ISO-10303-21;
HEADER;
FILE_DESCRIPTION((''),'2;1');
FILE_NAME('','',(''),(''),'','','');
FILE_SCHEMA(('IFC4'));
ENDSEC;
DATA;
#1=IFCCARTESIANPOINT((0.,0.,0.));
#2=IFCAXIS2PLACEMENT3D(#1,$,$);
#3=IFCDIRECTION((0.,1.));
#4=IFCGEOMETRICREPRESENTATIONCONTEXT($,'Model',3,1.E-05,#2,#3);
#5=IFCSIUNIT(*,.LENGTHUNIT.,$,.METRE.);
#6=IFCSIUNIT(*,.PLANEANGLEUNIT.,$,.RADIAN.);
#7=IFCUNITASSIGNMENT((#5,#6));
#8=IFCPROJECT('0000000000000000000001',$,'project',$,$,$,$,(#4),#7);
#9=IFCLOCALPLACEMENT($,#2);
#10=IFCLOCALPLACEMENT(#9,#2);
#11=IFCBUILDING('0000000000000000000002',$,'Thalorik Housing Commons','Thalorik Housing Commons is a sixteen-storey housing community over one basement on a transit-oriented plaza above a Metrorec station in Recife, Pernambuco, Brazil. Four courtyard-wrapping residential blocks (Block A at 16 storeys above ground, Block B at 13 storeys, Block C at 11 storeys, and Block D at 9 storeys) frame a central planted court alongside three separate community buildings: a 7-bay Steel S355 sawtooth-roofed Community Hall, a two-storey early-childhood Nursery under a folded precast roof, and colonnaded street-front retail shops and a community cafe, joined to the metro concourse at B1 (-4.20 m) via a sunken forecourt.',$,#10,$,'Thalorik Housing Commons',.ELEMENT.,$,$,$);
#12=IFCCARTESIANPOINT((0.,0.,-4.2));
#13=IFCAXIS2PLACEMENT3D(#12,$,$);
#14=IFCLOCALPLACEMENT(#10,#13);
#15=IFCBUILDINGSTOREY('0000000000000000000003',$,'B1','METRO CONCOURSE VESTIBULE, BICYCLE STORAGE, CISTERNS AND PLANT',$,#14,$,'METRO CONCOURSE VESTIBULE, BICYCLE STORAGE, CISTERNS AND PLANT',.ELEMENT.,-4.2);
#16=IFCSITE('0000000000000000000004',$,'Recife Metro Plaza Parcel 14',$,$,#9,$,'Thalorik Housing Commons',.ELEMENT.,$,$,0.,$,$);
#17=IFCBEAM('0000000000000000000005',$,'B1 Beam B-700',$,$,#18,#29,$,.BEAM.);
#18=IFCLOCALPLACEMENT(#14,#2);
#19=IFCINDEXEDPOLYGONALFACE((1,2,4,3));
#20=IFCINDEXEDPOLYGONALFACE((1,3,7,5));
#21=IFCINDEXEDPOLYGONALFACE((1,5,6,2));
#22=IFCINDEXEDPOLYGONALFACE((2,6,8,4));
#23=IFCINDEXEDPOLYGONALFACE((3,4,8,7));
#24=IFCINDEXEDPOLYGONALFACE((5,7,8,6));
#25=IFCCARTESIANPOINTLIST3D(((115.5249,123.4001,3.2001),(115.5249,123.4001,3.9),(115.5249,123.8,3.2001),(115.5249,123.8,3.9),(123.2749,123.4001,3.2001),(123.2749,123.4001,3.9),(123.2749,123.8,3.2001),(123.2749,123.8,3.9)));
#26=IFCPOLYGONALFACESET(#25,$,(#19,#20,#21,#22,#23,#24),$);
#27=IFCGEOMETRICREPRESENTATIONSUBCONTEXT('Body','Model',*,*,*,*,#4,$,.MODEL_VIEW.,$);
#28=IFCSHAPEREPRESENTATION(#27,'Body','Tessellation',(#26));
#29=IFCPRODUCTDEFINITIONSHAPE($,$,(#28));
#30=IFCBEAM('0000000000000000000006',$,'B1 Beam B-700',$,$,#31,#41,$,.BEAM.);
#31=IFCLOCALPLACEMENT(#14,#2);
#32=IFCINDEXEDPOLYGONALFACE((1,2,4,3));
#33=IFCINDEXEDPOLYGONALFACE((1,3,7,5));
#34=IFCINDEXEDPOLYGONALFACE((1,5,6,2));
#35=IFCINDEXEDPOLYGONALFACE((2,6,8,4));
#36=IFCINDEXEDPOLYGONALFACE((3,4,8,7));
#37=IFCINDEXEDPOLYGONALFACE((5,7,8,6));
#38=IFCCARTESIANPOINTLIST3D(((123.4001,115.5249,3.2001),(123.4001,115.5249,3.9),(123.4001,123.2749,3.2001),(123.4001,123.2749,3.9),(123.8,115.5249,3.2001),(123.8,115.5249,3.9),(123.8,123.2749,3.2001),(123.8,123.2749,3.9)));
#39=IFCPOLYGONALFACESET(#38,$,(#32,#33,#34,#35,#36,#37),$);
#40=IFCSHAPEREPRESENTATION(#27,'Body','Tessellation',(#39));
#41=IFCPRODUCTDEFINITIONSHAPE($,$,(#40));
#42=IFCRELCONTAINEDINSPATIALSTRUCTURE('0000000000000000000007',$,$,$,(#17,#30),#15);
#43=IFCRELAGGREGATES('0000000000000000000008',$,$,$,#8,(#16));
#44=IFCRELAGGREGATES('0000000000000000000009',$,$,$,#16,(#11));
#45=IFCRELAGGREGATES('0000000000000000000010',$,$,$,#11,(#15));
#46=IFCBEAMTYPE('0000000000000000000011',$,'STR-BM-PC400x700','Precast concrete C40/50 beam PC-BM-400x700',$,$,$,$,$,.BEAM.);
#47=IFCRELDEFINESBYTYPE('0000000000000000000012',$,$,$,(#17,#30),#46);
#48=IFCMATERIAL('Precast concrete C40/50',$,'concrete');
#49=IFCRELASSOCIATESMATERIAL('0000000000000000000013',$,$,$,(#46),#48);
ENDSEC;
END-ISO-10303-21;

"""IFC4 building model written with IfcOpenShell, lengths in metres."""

from ifc_helpers import new_model, si_unit, direction, frame, origin, origin_2d, place, context, subcontext, project, spatial, rectangle, extrude, material, material_profile, profile_set, type_object, element, save


model = new_model("IFC4")

# Units and contexts
model_context = context("Model", 3, precision=1e-05, world=origin(), true_north=direction((0.0, 1.0)))
body_context = subcontext(model_context, "Body", "Model", "MODEL_VIEW")
ifc_project = project(units=[si_unit("LENGTHUNIT", "METRE"), si_unit("PLANEANGLEUNIT", "RADIAN")], contexts=[model_context])

# Site, building, storey
site_placement = place(None, origin())
site = spatial("IfcSite", under=ifc_project, at=site_placement, Name="Recife Metro Plaza Parcel 14", LongName="Thalorik Housing Commons", CompositionType="ELEMENT", RefElevation=0.0)
building_placement = place(site_placement, origin())
building = spatial("IfcBuilding", under=site, at=building_placement, Name="Thalorik Housing Commons", Description="Thalorik Housing Commons is a sixteen-storey housing community over one basement on a transit-oriented plaza above a Metrorec station in Recife, Pernambuco, Brazil. Four courtyard-wrapping residential blocks (Block A at 16 storeys above ground, Block B at 13 storeys, Block C at 11 storeys, and Block D at 9 storeys) frame a central planted court alongside three separate community buildings: a 7-bay Steel S355 sawtooth-roofed Community Hall, a two-storey early-childhood Nursery under a folded precast roof, and colonnaded street-front retail shops and a community cafe, joined to the metro concourse at B1 (-4.20 m) via a sunken forecourt.", LongName="Thalorik Housing Commons", CompositionType="ELEMENT")
storey_placement = place(building_placement, frame((0.0, 0.0, -4.2)))
storey = spatial("IfcBuildingStorey", under=building, at=storey_placement, Name="B1", Description="METRO CONCOURSE VESTIBULE, BICYCLE STORAGE, CISTERNS AND PLANT", LongName="METRO CONCOURSE VESTIBULE, BICYCLE STORAGE, CISTERNS AND PLANT", CompositionType="ELEMENT", Elevation=-4.2)

# Shared definitions
ifc_material_1 = material(Name="Precast concrete C40/50", Category="concrete")

# Beams
ifc_material_profile_1 = material_profile(ifc_material_1, rectangle(XDim=0.3999, YDim=0.7, at=origin_2d()), Name="PC 400x700", Category="concrete")
ifc_profile_set_1 = profile_set([ifc_material_profile_1], Name="Precast concrete C40/50")
beam_type_1 = type_object("IfcBeamType", Name="STR-BM-PC400x700", Description="Precast concrete C40/50 beam PC-BM-400x700", PredefinedType="BEAM", material=ifc_profile_set_1)
for number, where, z_axis, x_axis, name in (
    (1, (115.5249, 123.6001, 3.55), (1.0, 0.0, 0.0), (0.0, 1.0, 0.0), "B1 Beam B-700"),
    (2, (123.6001, 115.5249, 3.55), (0.0, 1.0, 0.0), (-1.0, 0.0, 0.0), "B1 Beam B-700"),
):
    element("IfcBeam", number, at=place(storey_placement, frame(where, z_axis=z_axis, x_axis=x_axis)), inside=storey, type_object=beam_type_1, Name=name, PredefinedType="BEAM", context=body_context, shape_type="SweptSolid", body=[
        extrude(rectangle(XDim=0.3999, YDim=0.7, at=origin_2d()), origin(), (0.0, 0.0, 1.0), 7.75),
    ])

save(model, "model.ifc")
